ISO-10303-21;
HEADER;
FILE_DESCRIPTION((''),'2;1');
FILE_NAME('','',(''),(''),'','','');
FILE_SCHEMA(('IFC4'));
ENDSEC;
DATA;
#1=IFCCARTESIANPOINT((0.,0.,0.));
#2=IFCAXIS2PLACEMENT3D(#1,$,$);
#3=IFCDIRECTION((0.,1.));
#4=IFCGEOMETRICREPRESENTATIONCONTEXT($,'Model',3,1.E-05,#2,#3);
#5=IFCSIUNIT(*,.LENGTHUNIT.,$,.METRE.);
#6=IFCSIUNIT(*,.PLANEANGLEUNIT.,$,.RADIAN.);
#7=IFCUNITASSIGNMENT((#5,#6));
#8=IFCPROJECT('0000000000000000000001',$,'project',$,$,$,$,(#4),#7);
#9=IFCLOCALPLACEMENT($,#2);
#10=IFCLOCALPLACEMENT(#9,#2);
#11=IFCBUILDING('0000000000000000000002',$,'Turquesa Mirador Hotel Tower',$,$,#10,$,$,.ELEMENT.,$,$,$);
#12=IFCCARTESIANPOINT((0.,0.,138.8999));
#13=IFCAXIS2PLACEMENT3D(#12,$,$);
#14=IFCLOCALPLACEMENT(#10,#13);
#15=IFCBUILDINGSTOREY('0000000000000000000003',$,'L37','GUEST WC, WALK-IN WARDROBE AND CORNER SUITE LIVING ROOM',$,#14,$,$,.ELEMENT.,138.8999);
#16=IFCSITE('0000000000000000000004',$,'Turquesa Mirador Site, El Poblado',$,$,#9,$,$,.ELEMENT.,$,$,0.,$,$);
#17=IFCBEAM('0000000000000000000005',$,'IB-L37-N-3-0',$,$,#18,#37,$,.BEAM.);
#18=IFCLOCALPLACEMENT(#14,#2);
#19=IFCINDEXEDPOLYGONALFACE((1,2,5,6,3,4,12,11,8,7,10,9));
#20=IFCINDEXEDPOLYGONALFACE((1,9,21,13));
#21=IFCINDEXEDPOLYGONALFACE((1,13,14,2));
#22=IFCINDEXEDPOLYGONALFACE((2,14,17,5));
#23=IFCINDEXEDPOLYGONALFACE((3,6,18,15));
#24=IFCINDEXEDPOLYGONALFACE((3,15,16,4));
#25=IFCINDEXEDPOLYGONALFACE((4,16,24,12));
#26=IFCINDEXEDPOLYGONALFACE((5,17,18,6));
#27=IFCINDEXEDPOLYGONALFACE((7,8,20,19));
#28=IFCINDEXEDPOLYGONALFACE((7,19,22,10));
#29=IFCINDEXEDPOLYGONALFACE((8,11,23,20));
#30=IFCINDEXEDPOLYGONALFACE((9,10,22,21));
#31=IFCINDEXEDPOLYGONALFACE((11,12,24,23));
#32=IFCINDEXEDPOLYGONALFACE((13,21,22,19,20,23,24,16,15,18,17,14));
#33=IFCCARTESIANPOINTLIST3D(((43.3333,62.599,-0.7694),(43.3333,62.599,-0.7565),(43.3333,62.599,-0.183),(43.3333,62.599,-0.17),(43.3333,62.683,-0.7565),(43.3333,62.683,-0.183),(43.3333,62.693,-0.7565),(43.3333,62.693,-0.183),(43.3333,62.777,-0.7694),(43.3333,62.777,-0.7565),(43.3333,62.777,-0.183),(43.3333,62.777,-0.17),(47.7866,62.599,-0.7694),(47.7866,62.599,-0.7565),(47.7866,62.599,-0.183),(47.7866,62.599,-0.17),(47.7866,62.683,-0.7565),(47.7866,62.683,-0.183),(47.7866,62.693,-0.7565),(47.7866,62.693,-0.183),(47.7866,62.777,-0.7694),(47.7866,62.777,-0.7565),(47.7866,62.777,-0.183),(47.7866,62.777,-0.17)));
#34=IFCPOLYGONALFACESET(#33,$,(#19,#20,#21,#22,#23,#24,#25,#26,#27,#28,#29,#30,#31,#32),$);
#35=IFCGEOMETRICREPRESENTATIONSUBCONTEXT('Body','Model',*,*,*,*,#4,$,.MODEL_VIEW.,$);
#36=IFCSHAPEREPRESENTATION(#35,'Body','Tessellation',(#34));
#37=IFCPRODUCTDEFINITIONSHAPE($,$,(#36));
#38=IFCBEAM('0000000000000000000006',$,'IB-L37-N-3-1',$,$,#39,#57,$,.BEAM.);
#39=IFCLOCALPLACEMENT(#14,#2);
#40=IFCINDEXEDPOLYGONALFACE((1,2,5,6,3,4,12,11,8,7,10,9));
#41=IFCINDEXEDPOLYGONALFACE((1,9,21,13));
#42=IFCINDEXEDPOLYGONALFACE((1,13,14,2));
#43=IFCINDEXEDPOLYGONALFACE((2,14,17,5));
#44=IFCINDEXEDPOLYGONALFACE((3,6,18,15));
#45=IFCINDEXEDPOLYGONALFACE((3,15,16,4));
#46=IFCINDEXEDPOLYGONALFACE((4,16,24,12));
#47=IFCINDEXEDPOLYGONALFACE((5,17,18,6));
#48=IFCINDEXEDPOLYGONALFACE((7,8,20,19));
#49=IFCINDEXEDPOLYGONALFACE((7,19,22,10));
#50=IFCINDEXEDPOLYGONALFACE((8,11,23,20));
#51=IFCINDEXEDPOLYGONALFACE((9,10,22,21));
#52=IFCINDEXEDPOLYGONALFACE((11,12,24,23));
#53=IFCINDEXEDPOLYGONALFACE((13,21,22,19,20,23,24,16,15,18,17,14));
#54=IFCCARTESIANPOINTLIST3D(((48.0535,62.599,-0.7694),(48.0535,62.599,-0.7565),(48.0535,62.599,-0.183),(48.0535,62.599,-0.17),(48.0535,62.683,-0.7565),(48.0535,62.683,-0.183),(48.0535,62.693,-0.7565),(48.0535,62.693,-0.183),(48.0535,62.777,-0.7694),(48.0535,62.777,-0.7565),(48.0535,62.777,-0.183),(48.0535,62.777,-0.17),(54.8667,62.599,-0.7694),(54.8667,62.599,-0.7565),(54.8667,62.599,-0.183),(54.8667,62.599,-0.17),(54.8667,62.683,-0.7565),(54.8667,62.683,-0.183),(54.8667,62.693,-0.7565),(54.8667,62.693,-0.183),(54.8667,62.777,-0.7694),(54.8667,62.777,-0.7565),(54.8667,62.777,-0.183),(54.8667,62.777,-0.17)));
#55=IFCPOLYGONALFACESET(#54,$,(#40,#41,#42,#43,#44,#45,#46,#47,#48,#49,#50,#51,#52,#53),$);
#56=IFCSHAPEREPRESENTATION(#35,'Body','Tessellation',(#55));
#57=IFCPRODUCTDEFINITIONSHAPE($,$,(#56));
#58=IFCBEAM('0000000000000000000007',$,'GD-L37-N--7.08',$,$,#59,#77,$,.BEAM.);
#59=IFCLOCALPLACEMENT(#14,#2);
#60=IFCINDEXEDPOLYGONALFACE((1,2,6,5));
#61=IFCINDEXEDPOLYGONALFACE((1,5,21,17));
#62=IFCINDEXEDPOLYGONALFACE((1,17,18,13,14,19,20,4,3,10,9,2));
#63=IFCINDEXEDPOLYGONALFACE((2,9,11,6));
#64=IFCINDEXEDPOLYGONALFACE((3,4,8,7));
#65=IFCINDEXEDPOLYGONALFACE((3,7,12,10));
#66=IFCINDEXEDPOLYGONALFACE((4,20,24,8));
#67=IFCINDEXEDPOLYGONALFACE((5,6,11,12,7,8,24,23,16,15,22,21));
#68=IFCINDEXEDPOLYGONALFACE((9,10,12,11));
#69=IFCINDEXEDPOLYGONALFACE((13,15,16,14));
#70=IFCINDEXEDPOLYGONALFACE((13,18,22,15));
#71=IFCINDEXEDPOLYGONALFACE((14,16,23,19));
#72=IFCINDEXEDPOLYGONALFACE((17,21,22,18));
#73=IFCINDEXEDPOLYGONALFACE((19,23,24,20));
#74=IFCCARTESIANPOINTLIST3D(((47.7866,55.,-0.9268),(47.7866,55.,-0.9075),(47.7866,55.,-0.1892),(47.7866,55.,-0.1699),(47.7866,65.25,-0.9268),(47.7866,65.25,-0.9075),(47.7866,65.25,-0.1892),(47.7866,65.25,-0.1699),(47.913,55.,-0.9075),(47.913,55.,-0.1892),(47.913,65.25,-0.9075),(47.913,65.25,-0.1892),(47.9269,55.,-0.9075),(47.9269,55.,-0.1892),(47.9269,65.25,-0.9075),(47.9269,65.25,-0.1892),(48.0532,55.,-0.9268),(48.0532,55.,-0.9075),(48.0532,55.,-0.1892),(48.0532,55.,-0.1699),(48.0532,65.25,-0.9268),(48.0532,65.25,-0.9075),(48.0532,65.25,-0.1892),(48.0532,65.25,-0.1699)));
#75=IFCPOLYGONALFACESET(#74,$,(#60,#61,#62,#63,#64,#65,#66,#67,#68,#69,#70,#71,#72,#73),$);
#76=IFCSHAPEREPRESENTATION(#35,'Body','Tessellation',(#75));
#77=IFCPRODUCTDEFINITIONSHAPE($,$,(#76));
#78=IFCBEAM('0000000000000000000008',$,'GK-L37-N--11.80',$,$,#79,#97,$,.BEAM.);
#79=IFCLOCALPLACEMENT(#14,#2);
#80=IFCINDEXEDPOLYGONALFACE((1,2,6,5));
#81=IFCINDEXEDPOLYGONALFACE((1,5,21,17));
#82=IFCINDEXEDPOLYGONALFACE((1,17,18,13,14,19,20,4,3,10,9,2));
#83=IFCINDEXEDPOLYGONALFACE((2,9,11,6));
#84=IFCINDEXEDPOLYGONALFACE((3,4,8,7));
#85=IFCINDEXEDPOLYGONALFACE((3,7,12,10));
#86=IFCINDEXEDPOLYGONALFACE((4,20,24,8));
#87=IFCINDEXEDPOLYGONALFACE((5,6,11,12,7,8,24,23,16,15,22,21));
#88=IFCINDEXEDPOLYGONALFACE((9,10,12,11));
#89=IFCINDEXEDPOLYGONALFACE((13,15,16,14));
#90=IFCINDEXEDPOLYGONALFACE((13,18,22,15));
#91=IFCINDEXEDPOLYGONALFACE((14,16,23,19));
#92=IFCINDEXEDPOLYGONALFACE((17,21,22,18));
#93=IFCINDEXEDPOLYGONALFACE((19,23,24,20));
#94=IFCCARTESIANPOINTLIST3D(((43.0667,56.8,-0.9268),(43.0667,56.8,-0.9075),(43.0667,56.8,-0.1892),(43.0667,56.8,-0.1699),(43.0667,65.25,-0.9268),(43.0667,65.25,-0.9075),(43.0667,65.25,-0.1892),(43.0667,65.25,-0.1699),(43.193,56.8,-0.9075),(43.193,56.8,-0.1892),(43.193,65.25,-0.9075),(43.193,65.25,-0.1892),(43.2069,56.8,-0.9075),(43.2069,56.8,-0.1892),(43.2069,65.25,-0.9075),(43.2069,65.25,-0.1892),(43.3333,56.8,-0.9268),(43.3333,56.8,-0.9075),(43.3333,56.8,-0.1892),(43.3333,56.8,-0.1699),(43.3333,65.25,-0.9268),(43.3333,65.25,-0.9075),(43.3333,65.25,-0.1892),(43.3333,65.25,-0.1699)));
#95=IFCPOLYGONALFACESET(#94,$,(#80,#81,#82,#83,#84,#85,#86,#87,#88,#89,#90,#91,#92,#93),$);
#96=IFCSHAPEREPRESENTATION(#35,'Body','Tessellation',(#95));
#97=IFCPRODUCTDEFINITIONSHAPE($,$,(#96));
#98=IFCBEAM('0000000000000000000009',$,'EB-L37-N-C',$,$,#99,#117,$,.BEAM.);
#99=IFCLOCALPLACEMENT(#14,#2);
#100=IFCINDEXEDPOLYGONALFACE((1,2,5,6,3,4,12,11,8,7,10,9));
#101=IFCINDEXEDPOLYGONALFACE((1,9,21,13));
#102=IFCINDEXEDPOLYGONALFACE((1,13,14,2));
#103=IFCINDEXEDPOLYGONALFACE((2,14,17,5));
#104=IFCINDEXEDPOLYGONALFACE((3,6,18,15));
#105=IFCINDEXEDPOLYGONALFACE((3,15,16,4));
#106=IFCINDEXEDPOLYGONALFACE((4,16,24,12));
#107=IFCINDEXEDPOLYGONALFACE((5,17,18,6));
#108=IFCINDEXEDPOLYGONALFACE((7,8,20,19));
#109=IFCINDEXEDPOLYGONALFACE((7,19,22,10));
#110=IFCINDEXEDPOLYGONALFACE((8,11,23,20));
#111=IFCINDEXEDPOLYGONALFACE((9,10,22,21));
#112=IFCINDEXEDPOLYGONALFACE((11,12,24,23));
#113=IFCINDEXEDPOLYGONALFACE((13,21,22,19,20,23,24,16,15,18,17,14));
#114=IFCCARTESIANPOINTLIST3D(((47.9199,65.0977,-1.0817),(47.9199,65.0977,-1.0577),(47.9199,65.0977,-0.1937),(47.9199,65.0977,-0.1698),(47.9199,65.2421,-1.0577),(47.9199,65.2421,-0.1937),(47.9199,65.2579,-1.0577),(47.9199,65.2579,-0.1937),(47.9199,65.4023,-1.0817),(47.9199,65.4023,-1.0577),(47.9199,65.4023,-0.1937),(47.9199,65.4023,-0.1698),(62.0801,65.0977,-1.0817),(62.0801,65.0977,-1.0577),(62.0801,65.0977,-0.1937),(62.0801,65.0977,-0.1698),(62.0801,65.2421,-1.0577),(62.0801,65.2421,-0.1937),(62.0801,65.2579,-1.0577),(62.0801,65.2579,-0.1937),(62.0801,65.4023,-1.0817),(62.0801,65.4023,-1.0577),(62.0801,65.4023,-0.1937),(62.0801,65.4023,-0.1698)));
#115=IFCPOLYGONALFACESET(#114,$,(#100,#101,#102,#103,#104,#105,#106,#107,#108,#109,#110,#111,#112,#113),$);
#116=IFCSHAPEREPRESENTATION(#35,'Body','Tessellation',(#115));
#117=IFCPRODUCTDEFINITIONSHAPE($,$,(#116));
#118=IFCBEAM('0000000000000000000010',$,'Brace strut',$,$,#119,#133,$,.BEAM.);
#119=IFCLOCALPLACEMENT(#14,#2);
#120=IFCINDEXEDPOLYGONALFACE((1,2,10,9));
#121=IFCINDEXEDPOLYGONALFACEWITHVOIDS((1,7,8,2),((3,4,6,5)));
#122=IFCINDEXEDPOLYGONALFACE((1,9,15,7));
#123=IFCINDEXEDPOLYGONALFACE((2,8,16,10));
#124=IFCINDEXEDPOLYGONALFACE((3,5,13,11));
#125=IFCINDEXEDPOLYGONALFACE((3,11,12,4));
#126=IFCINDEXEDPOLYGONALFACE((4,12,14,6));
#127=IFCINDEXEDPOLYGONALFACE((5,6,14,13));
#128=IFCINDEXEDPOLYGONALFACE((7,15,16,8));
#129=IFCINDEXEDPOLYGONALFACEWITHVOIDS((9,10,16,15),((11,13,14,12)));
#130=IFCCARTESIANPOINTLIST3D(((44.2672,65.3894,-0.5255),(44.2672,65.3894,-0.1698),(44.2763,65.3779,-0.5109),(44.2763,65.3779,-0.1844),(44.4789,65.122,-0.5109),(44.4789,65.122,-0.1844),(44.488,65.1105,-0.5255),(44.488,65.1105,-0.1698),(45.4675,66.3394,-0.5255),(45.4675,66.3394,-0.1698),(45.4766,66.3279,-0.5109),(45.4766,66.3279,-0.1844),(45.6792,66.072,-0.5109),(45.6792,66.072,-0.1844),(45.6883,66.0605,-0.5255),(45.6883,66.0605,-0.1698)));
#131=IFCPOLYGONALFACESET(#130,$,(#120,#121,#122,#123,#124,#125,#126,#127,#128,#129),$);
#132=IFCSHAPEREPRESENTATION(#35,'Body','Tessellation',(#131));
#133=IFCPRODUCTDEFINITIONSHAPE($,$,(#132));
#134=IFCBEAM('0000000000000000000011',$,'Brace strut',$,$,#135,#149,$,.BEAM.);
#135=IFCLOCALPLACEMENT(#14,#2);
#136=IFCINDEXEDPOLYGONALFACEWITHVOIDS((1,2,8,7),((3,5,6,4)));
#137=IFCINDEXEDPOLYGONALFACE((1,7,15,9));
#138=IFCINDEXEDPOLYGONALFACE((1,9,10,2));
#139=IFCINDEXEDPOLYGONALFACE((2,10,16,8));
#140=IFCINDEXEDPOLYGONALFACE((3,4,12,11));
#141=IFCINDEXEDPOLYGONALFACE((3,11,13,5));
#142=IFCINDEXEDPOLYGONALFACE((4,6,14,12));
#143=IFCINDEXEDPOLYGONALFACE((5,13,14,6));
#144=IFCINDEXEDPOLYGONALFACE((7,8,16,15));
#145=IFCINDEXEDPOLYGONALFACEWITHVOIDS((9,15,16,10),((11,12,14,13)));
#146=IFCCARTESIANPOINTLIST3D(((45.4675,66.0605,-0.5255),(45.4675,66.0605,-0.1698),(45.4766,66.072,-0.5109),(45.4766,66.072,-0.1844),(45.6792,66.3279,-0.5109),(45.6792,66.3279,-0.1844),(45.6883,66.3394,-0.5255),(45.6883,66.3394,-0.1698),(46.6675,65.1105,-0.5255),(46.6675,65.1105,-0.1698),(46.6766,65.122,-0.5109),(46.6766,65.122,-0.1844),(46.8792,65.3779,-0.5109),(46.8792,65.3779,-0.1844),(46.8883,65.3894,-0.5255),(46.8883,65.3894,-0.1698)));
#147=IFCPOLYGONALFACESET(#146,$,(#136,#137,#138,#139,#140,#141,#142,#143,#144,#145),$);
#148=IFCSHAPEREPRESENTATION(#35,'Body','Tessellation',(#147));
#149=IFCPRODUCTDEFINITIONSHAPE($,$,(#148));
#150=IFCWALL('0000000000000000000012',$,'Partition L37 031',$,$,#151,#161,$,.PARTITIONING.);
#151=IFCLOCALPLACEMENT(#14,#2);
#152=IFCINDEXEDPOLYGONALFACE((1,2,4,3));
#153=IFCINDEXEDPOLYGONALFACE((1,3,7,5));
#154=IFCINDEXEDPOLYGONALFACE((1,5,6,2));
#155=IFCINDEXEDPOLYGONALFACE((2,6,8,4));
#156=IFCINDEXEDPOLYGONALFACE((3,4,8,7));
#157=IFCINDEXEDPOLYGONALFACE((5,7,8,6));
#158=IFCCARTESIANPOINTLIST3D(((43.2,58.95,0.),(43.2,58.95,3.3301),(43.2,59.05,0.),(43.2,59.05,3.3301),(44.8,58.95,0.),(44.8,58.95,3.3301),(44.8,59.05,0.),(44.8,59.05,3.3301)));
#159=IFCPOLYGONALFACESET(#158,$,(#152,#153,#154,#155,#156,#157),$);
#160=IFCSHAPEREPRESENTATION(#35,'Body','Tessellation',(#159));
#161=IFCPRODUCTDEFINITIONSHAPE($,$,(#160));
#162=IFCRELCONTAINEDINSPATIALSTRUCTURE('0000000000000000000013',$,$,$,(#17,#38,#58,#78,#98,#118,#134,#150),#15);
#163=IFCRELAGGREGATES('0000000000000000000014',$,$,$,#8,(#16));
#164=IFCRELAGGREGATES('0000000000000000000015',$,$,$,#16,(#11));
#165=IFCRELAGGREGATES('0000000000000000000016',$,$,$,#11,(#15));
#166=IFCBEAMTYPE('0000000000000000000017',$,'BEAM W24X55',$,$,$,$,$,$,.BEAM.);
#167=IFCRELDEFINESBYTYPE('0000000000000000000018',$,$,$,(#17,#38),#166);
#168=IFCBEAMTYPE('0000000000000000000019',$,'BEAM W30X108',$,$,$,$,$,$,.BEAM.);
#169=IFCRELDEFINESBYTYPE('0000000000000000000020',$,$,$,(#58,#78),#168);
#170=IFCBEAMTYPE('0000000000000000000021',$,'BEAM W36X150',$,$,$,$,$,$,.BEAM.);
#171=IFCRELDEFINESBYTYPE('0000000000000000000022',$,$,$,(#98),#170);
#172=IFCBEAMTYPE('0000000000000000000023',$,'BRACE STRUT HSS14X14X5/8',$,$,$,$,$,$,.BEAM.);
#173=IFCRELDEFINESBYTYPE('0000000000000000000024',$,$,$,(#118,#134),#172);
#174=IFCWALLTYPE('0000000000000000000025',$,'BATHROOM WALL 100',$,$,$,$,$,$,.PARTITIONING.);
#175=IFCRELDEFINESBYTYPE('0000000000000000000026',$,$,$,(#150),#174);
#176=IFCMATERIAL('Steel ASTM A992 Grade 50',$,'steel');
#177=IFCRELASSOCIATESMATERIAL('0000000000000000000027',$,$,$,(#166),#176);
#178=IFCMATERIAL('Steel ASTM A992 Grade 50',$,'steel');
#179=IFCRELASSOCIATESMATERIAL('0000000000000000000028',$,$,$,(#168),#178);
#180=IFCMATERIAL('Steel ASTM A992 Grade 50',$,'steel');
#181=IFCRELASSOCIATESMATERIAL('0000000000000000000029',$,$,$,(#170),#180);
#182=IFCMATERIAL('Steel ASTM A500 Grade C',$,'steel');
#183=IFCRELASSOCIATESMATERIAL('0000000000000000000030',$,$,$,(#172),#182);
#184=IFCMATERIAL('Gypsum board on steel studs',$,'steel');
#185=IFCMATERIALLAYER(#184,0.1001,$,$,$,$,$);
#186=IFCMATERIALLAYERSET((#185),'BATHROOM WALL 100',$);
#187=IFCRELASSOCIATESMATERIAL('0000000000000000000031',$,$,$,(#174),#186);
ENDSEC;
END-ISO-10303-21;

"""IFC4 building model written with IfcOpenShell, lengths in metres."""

from ifc_helpers import new_model, si_unit, direction, frame, frame_2d, origin, origin_2d, place, context, subcontext, project, spatial, rectangle, hollow_rectangle, i_section, extrude, material, layer, layer_set, material_profile, profile_set, type_object, element, save


model = new_model("IFC4")

# Units and contexts
model_context = context("Model", 3, precision=1e-05, world=origin(), true_north=direction((0.0, 1.0)))
body_context = subcontext(model_context, "Body", "Model", "MODEL_VIEW")
ifc_project = project(units=[si_unit("LENGTHUNIT", "METRE"), si_unit("PLANEANGLEUNIT", "RADIAN")], contexts=[model_context])

# Site, building, storey
site_placement = place(None, origin())
site = spatial("IfcSite", under=ifc_project, at=site_placement, Name="Turquesa Mirador Site, El Poblado", CompositionType="ELEMENT", RefElevation=0.0)
building_placement = place(site_placement, origin())
building = spatial("IfcBuilding", under=site, at=building_placement, Name="Turquesa Mirador Hotel Tower", CompositionType="ELEMENT")
storey_placement = place(building_placement, frame((0.0, 0.0, 138.8999)))
storey = spatial("IfcBuildingStorey", under=building, at=storey_placement, Name="L37", Description="GUEST WC, WALK-IN WARDROBE AND CORNER SUITE LIVING ROOM", CompositionType="ELEMENT", Elevation=138.8999)

# Beams
ifc_material_1 = material(Name="Steel ASTM A992 Grade 50", Category="steel")
ifc_material_profile_1 = material_profile(ifc_material_1, i_section(OverallWidth=0.178, OverallDepth=0.5994, WebThickness=0.01, FlangeThickness=0.0129, at=origin_2d()), Name="W24X55")
ifc_profile_set_1 = profile_set([ifc_material_profile_1], Name="Steel ASTM A992 Grade 50")
beam_type_1 = type_object("IfcBeamType", Name="BEAM W24X55", PredefinedType="BEAM", material=ifc_profile_set_1)
beam_1_placement = place(storey_placement, frame((43.3333, 62.688, -0.4697), z_axis=(1.0, 0.0, 0.0), x_axis=(0.0, 1.0, 0.0)))
element("IfcBeam", 1, at=beam_1_placement, inside=storey, type_object=beam_type_1, Name="IB-L37-N-3-0", PredefinedType="BEAM", context=body_context, shape_type="SweptSolid", body=[
    extrude(i_section(OverallWidth=0.178, OverallDepth=0.5994, WebThickness=0.01, FlangeThickness=0.0129, at=origin_2d()), origin(), (0.0, 0.0, 1.0), 4.4534),
])
beam_2_placement = place(storey_placement, frame((48.0535, 62.688, -0.4697), z_axis=(1.0, 0.0, 0.0), x_axis=(0.0, 1.0, 0.0)))
element("IfcBeam", 2, at=beam_2_placement, inside=storey, type_object=beam_type_1, Name="IB-L37-N-3-1", PredefinedType="BEAM", context=body_context, shape_type="SweptSolid", body=[
    extrude(i_section(OverallWidth=0.178, OverallDepth=0.5994, WebThickness=0.01, FlangeThickness=0.0129, at=origin_2d()), origin(), (0.0, 0.0, 1.0), 6.8132),
])
ifc_material_2 = material(Name="Steel ASTM A992 Grade 50", Category="steel")
ifc_material_profile_2 = material_profile(ifc_material_2, i_section(OverallWidth=0.2666, OverallDepth=0.7568, WebThickness=0.0139, FlangeThickness=0.0193, at=origin_2d()), Name="W30X108")
ifc_profile_set_2 = profile_set([ifc_material_profile_2], Name="Steel ASTM A992 Grade 50")
beam_type_2 = type_object("IfcBeamType", Name="BEAM W30X108", PredefinedType="BEAM", material=ifc_profile_set_2)
beam_3_placement = place(storey_placement, frame((47.9199, 65.25, -0.5483), z_axis=(0.0, -1.0, 0.0), x_axis=(1.0, 0.0, 0.0)))
element("IfcBeam", 3, at=beam_3_placement, inside=storey, type_object=beam_type_2, Name="GD-L37-N--7.08", PredefinedType="BEAM", context=body_context, shape_type="SweptSolid", body=[
    extrude(i_section(OverallWidth=0.2666, OverallDepth=0.7568, WebThickness=0.0139, FlangeThickness=0.0193, at=origin_2d()), origin(), (0.0, 0.0, 1.0), 10.25),
])
beam_4_placement = place(storey_placement, frame((43.2, 65.25, -0.5483), z_axis=(0.0, -1.0, 0.0), x_axis=(1.0, 0.0, 0.0)))
element("IfcBeam", 4, at=beam_4_placement, inside=storey, type_object=beam_type_2, Name="GK-L37-N--11.80", PredefinedType="BEAM", context=body_context, shape_type="SweptSolid", body=[
    extrude(i_section(OverallWidth=0.2666, OverallDepth=0.7568, WebThickness=0.0139, FlangeThickness=0.0193, at=origin_2d()), origin(), (0.0, 0.0, 1.0), 8.45),
])
ifc_material_3 = material(Name="Steel ASTM A992 Grade 50", Category="steel")
ifc_material_profile_3 = material_profile(ifc_material_3, i_section(OverallWidth=0.3047, OverallDepth=0.9119, WebThickness=0.0159, FlangeThickness=0.0239, at=origin_2d()), Name="W36X150")
ifc_profile_set_3 = profile_set([ifc_material_profile_3], Name="Steel ASTM A992 Grade 50")
beam_type_3 = type_object("IfcBeamType", Name="BEAM W36X150", PredefinedType="BEAM", material=ifc_profile_set_3)
beam_5_placement = place(storey_placement, frame((47.9199, 65.25, -0.6257), z_axis=(1.0, 0.0, 0.0), x_axis=(0.0, 1.0, 0.0)))
element("IfcBeam", 5, at=beam_5_placement, inside=storey, type_object=beam_type_3, Name="EB-L37-N-C", PredefinedType="BEAM", context=body_context, shape_type="SweptSolid", body=[
    extrude(i_section(OverallWidth=0.3047, OverallDepth=0.9119, WebThickness=0.0159, FlangeThickness=0.0239, at=origin_2d()), origin(), (0.0, 0.0, 1.0), 14.1602),
])
ifc_material_4 = material(Name="Steel ASTM A500 Grade C", Category="steel")
ifc_material_profile_4 = material_profile(ifc_material_4, hollow_rectangle(XDim=0.3557, YDim=0.3557, WallThickness=0.0146, at=origin_2d()), Name="HSS14X14X5/8")
ifc_profile_set_4 = profile_set([ifc_material_profile_4], Name="Steel ASTM A500 Grade C")
beam_type_4 = type_object("IfcBeamType", Name="BRACE STRUT HSS14X14X5/8", PredefinedType="BEAM", material=ifc_profile_set_4)
beam_6_placement = place(storey_placement, frame((45.5779, 66.2, -0.3477), z_axis=(-0.784111, -0.620621, 0.0), x_axis=(0.620621, -0.784111, 0.0)))
element("IfcBeam", 6, at=beam_6_placement, inside=storey, type_object=beam_type_4, Name="Brace strut", PredefinedType="BEAM", context=body_context, shape_type="SweptSolid", body=[
    extrude(hollow_rectangle(XDim=0.3557, YDim=0.3557, WallThickness=0.0146, at=origin_2d()), origin(), (0.0, 0.0, 1.0), 1.5308),
])
beam_7_placement = place(storey_placement, frame((45.5779, 66.2, -0.3477), z_axis=(0.784049, -0.620699, 0.0), x_axis=(0.620699, 0.784049, 0.0)))
element("IfcBeam", 7, at=beam_7_placement, inside=storey, type_object=beam_type_4, Name="Brace strut", PredefinedType="BEAM", context=body_context, shape_type="SweptSolid", body=[
    extrude(hollow_rectangle(XDim=0.3557, YDim=0.3557, WallThickness=0.0146, at=origin_2d()), origin(), (0.0, 0.0, 1.0), 1.5305),
])

# Wall
ifc_material_5 = material(Name="Gypsum board on steel studs", Category="steel")
ifc_layer_1 = layer(ifc_material_5, 0.1001)
ifc_layer_set_1 = layer_set([ifc_layer_1], Name="BATHROOM WALL 100")
wall_type_1 = type_object("IfcWallType", Name="BATHROOM WALL 100", PredefinedType="PARTITIONING", material=ifc_layer_set_1)
wall_1_placement = place(storey_placement, frame((43.2, 59.0, 0.0), z_axis=(0.0, 0.0, 1.0), x_axis=(1.0, 0.0, 0.0)))
element("IfcWall", 8, at=wall_1_placement, inside=storey, type_object=wall_type_1, Name="Partition L37 031", PredefinedType="PARTITIONING", context=body_context, shape_type="SweptSolid", body=[
    extrude(rectangle(XDim=1.6001, YDim=0.1001, at=frame_2d((0.8, 0.0))), origin(), (0.0, 0.0, 1.0), 3.3301),
])

save(model, "model.ifc")
